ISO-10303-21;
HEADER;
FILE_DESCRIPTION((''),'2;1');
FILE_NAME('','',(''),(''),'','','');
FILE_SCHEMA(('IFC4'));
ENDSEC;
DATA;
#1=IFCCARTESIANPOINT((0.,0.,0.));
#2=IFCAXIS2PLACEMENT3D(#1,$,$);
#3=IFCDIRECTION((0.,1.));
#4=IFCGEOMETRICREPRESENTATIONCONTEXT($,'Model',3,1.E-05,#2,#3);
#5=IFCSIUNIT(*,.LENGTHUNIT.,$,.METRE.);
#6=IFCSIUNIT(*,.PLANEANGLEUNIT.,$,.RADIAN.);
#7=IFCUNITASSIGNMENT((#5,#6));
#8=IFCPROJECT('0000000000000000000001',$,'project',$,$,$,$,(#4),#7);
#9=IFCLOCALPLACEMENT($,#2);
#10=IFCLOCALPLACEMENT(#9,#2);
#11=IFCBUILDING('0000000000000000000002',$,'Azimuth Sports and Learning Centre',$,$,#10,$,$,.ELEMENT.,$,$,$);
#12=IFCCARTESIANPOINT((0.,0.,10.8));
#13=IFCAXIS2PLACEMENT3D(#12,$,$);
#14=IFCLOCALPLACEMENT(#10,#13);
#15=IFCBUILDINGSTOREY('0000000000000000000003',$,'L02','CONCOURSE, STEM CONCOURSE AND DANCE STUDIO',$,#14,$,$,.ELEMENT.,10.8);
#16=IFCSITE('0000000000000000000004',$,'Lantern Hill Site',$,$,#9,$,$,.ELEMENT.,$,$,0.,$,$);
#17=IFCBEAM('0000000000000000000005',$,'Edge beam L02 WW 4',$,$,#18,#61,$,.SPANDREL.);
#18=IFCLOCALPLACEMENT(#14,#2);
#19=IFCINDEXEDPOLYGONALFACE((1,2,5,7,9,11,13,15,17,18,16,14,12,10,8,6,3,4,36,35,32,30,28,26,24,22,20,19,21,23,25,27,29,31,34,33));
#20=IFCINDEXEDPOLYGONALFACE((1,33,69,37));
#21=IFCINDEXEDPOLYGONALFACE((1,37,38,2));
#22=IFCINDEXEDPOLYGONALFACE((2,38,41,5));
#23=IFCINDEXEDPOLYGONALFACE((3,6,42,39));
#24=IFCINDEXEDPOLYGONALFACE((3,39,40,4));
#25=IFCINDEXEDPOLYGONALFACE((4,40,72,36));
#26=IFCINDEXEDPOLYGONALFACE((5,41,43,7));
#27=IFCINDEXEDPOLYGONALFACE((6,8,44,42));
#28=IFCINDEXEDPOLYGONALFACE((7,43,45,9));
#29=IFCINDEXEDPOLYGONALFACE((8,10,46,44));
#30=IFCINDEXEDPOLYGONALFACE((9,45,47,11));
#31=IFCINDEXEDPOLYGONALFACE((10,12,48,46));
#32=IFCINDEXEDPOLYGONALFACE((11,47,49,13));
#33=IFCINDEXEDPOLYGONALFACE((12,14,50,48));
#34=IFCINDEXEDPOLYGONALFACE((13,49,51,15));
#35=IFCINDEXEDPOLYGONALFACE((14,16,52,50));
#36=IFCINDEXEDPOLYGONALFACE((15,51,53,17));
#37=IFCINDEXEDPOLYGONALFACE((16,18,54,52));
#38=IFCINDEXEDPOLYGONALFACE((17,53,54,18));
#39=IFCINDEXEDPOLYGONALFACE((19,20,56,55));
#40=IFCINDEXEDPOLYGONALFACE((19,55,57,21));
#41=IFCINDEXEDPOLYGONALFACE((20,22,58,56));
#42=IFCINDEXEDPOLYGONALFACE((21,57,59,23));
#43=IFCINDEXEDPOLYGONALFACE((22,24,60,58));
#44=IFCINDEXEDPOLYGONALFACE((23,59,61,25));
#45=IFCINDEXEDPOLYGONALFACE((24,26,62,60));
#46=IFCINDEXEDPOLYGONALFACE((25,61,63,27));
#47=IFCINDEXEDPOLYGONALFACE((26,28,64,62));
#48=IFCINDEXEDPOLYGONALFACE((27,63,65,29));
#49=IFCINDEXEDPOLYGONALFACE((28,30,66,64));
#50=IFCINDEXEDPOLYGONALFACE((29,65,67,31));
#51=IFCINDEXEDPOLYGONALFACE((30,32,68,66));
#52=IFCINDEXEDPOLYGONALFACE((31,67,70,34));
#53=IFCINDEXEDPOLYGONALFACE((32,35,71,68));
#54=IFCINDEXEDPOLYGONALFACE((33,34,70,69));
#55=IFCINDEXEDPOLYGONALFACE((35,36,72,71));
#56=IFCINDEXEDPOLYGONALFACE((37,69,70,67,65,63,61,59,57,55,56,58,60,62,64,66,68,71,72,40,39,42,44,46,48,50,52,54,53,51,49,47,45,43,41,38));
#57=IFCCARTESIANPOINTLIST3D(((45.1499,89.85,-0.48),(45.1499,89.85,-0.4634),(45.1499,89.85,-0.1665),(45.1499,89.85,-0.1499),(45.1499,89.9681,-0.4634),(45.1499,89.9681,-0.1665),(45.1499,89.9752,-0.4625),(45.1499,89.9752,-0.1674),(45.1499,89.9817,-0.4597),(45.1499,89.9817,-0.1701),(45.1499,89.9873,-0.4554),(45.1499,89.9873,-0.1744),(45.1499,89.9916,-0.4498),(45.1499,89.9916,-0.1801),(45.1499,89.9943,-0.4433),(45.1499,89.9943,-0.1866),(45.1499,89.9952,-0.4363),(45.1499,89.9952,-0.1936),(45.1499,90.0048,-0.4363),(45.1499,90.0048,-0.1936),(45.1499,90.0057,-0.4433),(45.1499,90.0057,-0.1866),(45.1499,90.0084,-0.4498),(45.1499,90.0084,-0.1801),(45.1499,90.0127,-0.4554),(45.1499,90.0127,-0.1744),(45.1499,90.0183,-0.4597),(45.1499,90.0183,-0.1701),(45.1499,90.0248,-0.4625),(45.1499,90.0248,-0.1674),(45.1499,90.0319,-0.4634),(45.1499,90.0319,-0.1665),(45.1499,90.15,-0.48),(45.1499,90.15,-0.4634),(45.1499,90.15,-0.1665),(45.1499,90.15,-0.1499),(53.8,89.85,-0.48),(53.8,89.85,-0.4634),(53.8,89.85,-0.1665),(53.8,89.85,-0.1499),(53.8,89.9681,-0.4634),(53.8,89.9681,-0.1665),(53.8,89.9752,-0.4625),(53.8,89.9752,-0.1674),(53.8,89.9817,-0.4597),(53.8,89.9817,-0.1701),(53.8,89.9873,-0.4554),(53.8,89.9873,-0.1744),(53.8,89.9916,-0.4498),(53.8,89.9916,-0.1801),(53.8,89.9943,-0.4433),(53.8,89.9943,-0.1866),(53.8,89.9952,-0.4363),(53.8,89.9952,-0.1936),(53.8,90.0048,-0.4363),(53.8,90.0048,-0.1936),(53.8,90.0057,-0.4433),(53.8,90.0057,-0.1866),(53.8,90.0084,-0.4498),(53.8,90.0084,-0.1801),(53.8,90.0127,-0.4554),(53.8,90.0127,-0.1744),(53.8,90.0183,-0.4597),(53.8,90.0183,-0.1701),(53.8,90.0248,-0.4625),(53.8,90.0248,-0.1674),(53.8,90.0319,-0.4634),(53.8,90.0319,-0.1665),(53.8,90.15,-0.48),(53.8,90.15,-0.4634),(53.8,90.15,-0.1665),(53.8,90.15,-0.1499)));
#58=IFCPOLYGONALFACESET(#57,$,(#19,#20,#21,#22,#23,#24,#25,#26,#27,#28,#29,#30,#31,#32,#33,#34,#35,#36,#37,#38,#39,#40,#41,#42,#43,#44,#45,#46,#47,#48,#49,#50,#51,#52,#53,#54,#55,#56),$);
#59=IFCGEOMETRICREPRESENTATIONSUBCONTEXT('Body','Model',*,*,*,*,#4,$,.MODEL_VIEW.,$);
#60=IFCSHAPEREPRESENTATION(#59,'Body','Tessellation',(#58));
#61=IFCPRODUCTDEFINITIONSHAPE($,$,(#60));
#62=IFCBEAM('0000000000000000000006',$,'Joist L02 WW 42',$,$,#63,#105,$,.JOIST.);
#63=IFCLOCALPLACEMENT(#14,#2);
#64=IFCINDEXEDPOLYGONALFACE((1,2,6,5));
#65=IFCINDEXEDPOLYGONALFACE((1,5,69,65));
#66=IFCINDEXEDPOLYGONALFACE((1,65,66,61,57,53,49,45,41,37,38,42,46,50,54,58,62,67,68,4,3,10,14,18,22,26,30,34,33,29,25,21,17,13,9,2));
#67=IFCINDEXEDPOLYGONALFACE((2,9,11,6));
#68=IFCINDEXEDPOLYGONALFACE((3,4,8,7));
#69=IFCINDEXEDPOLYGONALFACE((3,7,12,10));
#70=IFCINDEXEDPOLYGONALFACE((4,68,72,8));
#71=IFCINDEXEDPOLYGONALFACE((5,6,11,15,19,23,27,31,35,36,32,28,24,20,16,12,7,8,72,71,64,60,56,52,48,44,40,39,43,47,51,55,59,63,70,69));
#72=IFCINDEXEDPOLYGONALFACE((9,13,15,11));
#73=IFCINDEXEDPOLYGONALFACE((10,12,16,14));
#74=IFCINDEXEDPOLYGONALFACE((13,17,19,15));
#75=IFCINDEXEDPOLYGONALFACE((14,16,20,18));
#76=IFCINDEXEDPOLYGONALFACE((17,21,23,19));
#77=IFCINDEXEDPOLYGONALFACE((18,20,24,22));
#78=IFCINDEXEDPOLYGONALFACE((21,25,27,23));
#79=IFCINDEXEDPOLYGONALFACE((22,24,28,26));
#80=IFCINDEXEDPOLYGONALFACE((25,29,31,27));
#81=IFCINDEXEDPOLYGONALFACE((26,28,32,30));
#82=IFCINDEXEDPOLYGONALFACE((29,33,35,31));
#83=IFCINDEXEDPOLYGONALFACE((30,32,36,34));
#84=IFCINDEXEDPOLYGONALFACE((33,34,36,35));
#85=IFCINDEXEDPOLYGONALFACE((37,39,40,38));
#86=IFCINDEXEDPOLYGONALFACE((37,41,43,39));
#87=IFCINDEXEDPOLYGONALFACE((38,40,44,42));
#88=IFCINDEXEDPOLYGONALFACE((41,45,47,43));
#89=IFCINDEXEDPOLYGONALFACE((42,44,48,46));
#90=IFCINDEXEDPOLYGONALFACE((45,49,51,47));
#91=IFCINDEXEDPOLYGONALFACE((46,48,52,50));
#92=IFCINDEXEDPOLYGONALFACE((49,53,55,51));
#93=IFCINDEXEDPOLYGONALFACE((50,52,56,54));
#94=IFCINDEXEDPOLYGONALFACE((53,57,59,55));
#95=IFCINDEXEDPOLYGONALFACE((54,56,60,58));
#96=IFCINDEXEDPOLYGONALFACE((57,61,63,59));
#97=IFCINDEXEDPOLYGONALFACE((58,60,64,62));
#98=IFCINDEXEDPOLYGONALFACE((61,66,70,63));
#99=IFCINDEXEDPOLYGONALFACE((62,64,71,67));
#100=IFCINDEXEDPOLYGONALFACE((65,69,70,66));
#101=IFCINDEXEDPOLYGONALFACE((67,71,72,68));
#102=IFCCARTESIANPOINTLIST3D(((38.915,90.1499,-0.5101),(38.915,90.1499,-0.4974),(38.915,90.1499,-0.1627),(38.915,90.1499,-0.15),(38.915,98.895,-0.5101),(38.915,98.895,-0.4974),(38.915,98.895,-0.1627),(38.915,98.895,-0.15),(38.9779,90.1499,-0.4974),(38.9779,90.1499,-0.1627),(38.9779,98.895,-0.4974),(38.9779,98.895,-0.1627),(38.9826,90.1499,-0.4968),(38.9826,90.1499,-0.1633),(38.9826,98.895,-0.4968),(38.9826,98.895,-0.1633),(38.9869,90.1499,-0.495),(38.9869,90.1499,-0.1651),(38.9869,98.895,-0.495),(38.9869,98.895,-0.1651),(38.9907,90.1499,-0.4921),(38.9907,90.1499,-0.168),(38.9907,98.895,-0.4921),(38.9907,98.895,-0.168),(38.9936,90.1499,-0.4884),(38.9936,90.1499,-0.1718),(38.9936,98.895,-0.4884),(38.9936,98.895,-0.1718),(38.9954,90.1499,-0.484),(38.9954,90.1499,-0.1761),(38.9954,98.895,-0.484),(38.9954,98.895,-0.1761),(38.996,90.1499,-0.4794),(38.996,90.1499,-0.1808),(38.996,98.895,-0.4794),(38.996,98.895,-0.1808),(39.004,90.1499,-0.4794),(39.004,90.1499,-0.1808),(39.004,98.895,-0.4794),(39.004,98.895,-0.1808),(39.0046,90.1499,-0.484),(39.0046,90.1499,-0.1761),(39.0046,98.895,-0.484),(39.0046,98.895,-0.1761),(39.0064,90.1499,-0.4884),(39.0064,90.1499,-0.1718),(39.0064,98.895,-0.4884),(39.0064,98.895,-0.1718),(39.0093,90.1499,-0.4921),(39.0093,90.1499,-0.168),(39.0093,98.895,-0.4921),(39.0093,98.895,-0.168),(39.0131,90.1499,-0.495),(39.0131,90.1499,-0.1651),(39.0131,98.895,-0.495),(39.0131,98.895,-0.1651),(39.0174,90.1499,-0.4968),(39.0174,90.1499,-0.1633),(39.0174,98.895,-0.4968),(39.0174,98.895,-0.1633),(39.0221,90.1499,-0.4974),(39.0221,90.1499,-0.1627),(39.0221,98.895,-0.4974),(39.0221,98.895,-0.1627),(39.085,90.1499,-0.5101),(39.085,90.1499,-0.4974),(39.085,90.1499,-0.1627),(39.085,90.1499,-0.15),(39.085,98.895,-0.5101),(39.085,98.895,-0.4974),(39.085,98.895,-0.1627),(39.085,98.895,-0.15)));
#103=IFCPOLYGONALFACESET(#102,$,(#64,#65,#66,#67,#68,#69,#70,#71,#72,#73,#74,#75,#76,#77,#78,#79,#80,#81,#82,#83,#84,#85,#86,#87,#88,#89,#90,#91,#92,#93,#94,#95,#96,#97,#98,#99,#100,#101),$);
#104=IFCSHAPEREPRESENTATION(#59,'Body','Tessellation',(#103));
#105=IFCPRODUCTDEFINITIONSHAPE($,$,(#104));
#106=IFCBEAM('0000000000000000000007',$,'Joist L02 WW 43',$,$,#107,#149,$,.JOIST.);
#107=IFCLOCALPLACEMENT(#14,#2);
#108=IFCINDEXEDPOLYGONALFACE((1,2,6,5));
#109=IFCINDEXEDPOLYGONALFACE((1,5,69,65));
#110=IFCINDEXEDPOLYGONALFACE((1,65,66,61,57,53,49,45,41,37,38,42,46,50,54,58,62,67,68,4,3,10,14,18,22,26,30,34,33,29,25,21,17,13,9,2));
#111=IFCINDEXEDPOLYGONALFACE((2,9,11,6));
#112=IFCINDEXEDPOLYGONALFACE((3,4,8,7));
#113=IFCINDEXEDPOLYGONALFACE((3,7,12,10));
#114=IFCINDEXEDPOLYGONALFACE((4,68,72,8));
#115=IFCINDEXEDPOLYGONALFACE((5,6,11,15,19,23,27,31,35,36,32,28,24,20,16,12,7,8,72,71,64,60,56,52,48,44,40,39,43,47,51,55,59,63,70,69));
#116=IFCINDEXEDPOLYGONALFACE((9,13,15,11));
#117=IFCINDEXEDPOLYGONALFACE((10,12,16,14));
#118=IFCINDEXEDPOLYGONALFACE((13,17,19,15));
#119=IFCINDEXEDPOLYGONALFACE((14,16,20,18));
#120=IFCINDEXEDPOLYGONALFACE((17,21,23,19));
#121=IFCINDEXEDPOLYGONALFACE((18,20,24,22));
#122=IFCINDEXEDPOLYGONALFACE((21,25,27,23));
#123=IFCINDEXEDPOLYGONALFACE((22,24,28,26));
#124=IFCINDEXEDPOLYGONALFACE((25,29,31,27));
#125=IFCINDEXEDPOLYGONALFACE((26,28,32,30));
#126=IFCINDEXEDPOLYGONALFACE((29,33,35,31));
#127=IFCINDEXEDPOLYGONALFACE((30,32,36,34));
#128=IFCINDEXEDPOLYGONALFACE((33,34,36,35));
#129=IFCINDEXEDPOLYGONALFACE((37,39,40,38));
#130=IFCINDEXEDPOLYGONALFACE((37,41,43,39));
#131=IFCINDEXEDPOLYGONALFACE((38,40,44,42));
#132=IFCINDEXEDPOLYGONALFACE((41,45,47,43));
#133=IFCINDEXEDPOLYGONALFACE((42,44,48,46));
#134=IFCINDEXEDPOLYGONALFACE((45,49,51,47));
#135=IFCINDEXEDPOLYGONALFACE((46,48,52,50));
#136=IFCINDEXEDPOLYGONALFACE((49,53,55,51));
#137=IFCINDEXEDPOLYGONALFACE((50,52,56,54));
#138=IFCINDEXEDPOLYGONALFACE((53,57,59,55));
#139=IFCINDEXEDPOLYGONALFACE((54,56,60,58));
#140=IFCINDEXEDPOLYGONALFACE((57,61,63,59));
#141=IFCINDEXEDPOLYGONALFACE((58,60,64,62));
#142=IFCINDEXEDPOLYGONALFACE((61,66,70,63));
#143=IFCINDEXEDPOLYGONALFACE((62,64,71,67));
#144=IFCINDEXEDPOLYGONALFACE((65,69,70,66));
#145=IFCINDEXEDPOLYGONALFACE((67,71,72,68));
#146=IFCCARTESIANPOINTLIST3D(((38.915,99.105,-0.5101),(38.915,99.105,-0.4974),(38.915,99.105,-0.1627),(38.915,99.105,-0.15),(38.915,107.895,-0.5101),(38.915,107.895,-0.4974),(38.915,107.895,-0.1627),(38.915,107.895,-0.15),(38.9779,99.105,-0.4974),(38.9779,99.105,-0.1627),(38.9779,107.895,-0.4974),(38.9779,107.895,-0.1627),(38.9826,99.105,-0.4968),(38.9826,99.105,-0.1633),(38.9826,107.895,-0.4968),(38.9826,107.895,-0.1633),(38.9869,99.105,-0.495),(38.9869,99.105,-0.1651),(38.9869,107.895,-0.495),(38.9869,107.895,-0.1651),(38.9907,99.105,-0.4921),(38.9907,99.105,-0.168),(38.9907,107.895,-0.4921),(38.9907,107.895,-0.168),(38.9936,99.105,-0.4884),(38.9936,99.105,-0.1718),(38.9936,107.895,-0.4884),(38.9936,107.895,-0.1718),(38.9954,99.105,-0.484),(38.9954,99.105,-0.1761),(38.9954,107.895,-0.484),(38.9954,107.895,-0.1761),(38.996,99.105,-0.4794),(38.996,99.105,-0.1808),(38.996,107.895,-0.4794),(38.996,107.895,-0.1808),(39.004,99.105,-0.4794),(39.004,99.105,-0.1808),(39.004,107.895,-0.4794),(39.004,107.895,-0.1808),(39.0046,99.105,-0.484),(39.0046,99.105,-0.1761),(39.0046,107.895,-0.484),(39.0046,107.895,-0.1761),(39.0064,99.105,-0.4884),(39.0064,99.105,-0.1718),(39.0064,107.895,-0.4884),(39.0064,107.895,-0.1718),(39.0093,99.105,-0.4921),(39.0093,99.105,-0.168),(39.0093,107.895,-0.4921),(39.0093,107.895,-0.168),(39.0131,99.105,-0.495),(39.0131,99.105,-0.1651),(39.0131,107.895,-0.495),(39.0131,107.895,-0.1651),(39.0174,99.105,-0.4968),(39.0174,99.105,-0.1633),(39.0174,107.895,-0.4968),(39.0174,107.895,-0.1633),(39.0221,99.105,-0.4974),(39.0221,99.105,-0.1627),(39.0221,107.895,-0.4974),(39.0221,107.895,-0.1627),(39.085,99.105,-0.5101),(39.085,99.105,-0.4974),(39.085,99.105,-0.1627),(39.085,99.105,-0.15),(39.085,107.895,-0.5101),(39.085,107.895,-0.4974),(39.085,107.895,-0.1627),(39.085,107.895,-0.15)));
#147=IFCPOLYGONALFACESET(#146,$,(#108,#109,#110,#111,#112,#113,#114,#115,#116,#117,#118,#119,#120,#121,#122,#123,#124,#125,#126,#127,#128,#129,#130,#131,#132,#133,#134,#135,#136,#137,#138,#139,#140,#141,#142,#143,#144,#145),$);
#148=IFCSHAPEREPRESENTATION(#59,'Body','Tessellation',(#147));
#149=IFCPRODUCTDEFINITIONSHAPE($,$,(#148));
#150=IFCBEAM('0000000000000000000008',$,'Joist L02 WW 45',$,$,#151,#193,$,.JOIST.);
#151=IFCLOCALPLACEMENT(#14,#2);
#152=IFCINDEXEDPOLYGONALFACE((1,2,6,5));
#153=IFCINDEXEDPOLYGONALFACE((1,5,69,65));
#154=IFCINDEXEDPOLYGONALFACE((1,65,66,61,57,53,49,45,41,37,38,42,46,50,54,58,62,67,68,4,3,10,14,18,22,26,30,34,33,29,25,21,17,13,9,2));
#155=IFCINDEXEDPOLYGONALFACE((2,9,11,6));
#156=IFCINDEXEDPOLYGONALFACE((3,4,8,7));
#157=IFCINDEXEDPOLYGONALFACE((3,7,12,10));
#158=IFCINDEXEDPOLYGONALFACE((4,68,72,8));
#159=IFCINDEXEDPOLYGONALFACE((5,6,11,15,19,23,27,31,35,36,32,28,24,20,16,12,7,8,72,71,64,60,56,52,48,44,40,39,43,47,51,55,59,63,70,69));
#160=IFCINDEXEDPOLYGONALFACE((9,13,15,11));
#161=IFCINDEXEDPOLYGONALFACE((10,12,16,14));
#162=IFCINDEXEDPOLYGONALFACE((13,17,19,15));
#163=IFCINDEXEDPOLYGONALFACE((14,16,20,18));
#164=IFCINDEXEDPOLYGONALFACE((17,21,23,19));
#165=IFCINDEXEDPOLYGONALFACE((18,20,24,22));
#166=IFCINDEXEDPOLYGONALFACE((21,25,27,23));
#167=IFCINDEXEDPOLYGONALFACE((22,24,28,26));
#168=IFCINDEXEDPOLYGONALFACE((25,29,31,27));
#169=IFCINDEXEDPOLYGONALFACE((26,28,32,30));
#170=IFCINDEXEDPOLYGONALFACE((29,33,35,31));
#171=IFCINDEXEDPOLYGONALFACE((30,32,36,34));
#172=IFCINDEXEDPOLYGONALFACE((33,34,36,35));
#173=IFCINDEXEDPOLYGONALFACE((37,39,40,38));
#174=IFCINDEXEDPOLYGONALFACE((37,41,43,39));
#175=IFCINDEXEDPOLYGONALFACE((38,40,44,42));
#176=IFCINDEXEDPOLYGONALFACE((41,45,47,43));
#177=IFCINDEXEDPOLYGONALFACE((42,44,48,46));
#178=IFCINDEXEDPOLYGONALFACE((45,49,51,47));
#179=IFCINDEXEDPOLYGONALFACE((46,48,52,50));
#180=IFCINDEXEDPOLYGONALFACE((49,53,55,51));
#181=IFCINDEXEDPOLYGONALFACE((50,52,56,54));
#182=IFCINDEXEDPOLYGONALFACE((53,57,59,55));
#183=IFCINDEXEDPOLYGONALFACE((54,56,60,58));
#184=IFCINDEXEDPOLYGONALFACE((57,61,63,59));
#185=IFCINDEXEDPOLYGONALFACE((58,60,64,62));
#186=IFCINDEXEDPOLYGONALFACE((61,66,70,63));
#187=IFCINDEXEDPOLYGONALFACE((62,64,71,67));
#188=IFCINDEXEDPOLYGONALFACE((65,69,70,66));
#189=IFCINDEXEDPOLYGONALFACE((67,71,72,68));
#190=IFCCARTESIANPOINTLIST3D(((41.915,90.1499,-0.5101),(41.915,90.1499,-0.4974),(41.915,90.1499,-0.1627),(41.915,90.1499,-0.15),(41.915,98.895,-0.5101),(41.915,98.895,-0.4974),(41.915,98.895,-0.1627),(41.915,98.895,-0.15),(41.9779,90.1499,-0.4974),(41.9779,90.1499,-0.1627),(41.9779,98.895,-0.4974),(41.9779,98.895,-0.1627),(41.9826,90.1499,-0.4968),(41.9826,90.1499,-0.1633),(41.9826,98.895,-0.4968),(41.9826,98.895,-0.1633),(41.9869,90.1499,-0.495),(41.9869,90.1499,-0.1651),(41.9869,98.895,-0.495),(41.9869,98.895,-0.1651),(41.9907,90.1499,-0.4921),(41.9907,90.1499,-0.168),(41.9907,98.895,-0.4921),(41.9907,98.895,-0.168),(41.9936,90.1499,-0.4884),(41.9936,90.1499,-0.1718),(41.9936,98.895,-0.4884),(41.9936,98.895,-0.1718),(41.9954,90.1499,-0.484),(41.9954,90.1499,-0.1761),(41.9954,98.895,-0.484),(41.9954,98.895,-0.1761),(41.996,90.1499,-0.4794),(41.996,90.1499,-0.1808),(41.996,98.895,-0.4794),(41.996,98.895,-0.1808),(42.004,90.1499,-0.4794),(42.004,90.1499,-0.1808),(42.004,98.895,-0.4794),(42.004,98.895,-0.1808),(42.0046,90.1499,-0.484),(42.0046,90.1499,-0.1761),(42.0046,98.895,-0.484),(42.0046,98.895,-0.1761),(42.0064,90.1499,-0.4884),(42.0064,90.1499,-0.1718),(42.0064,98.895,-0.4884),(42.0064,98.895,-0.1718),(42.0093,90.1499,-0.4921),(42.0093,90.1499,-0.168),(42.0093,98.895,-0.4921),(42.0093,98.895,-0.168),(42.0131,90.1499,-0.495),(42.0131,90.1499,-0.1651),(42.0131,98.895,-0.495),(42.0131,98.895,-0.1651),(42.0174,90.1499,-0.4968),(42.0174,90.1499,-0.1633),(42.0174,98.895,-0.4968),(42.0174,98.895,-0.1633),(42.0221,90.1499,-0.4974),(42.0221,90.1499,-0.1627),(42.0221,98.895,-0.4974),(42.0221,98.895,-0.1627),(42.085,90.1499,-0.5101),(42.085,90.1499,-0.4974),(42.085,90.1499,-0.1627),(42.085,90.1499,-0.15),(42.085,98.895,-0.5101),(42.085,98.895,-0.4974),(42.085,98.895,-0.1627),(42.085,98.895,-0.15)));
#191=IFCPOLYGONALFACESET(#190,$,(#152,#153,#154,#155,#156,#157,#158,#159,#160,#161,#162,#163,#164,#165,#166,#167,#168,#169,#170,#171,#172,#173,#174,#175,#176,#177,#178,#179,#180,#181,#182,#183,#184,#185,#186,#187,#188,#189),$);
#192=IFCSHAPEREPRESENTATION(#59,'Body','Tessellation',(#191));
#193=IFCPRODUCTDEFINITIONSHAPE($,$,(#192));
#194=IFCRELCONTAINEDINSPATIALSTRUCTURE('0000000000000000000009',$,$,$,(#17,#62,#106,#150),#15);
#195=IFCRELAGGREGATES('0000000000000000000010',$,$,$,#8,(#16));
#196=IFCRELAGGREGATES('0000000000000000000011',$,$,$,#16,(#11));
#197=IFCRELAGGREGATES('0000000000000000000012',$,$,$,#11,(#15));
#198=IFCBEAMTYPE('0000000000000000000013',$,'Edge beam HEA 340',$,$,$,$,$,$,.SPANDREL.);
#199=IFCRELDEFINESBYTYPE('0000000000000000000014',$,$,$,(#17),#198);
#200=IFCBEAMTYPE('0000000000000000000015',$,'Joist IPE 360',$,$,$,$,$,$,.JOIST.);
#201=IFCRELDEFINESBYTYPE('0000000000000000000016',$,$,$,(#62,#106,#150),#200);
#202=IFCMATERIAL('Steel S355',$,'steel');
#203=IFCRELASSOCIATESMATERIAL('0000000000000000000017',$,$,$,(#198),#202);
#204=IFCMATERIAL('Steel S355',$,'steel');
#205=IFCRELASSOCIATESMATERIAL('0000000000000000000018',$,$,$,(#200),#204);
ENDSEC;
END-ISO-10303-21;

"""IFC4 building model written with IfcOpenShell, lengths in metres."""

from ifc_helpers import new_model, si_unit, direction, frame, origin, origin_2d, place, context, subcontext, project, spatial, i_section, extrude, material, material_profile, profile_set, type_object, element, save


model = new_model("IFC4")

# Units and contexts
model_context = context("Model", 3, precision=1e-05, world=origin(), true_north=direction((0.0, 1.0)))
body_context = subcontext(model_context, "Body", "Model", "MODEL_VIEW")
ifc_project = project(units=[si_unit("LENGTHUNIT", "METRE"), si_unit("PLANEANGLEUNIT", "RADIAN")], contexts=[model_context])

# Site, building, storey
site_placement = place(None, origin())
site = spatial("IfcSite", under=ifc_project, at=site_placement, Name="Lantern Hill Site", CompositionType="ELEMENT", RefElevation=0.0)
building_placement = place(site_placement, origin())
building = spatial("IfcBuilding", under=site, at=building_placement, Name="Azimuth Sports and Learning Centre", CompositionType="ELEMENT")
storey_placement = place(building_placement, frame((0.0, 0.0, 10.8)))
storey = spatial("IfcBuildingStorey", under=building, at=storey_placement, Name="L02", Description="CONCOURSE, STEM CONCOURSE AND DANCE STUDIO", CompositionType="ELEMENT", Elevation=10.8)

# Beams
ifc_material_1 = material(Name="Steel S355", Category="steel")
ifc_material_profile_1 = material_profile(ifc_material_1, i_section(OverallWidth=0.3, OverallDepth=0.3301, WebThickness=0.0095, FlangeThickness=0.0166, FilletRadius=0.0271, at=origin_2d()), Name="HEA 340")
ifc_profile_set_1 = profile_set([ifc_material_profile_1], Name="Steel S355")
beam_type_1 = type_object("IfcBeamType", Name="Edge beam HEA 340", PredefinedType="SPANDREL", material=ifc_profile_set_1)
beam_1_placement = place(storey_placement, frame((45.1499, 90.0, -0.3149), z_axis=(1.0, 0.0, 0.0), x_axis=(0.0, 1.0, 0.0)))
element("IfcBeam", 1, at=beam_1_placement, inside=storey, type_object=beam_type_1, Name="Edge beam L02 WW 4", PredefinedType="SPANDREL", context=body_context, shape_type="SweptSolid", body=[
    extrude(i_section(OverallWidth=0.3, OverallDepth=0.3301, WebThickness=0.0095, FlangeThickness=0.0166, FilletRadius=0.0271, at=origin_2d()), origin(), (0.0, 0.0, 1.0), 8.6501),
])
ifc_material_2 = material(Name="Steel S355", Category="steel")
ifc_material_profile_2 = material_profile(ifc_material_2, i_section(OverallWidth=0.1699, OverallDepth=0.3601, WebThickness=0.0081, FlangeThickness=0.0127, FilletRadius=0.0181, at=origin_2d()), Name="IPE 360")
ifc_profile_set_2 = profile_set([ifc_material_profile_2], Name="Steel S355")
beam_type_2 = type_object("IfcBeamType", Name="Joist IPE 360", PredefinedType="JOIST", material=ifc_profile_set_2)
beam_2_placement = place(storey_placement, frame((39.0, 90.1499, -0.3301), z_axis=(0.0, 1.0, 0.0), x_axis=(-1.0, 0.0, 0.0)))
element("IfcBeam", 2, at=beam_2_placement, inside=storey, type_object=beam_type_2, Name="Joist L02 WW 42", PredefinedType="JOIST", context=body_context, shape_type="SweptSolid", body=[
    extrude(i_section(OverallWidth=0.1699, OverallDepth=0.3601, WebThickness=0.0081, FlangeThickness=0.0127, FilletRadius=0.0181, at=origin_2d()), origin(), (0.0, 0.0, 1.0), 8.7451),
])
beam_3_placement = place(storey_placement, frame((39.0, 99.105, -0.3301), z_axis=(0.0, 1.0, 0.0), x_axis=(-1.0, 0.0, 0.0)))
element("IfcBeam", 3, at=beam_3_placement, inside=storey, type_object=beam_type_2, Name="Joist L02 WW 43", PredefinedType="JOIST", context=body_context, shape_type="SweptSolid", body=[
    extrude(i_section(OverallWidth=0.1699, OverallDepth=0.3601, WebThickness=0.0081, FlangeThickness=0.0127, FilletRadius=0.0181, at=origin_2d()), origin(), (0.0, 0.0, 1.0), 8.79),
])
beam_4_placement = place(storey_placement, frame((42.0, 90.1499, -0.3301), z_axis=(0.0, 1.0, 0.0), x_axis=(-1.0, 0.0, 0.0)))
element("IfcBeam", 4, at=beam_4_placement, inside=storey, type_object=beam_type_2, Name="Joist L02 WW 45", PredefinedType="JOIST", context=body_context, shape_type="SweptSolid", body=[
    extrude(i_section(OverallWidth=0.1699, OverallDepth=0.3601, WebThickness=0.0081, FlangeThickness=0.0127, FilletRadius=0.0181, at=origin_2d()), origin(), (0.0, 0.0, 1.0), 8.7451),
])

save(model, "model.ifc")
